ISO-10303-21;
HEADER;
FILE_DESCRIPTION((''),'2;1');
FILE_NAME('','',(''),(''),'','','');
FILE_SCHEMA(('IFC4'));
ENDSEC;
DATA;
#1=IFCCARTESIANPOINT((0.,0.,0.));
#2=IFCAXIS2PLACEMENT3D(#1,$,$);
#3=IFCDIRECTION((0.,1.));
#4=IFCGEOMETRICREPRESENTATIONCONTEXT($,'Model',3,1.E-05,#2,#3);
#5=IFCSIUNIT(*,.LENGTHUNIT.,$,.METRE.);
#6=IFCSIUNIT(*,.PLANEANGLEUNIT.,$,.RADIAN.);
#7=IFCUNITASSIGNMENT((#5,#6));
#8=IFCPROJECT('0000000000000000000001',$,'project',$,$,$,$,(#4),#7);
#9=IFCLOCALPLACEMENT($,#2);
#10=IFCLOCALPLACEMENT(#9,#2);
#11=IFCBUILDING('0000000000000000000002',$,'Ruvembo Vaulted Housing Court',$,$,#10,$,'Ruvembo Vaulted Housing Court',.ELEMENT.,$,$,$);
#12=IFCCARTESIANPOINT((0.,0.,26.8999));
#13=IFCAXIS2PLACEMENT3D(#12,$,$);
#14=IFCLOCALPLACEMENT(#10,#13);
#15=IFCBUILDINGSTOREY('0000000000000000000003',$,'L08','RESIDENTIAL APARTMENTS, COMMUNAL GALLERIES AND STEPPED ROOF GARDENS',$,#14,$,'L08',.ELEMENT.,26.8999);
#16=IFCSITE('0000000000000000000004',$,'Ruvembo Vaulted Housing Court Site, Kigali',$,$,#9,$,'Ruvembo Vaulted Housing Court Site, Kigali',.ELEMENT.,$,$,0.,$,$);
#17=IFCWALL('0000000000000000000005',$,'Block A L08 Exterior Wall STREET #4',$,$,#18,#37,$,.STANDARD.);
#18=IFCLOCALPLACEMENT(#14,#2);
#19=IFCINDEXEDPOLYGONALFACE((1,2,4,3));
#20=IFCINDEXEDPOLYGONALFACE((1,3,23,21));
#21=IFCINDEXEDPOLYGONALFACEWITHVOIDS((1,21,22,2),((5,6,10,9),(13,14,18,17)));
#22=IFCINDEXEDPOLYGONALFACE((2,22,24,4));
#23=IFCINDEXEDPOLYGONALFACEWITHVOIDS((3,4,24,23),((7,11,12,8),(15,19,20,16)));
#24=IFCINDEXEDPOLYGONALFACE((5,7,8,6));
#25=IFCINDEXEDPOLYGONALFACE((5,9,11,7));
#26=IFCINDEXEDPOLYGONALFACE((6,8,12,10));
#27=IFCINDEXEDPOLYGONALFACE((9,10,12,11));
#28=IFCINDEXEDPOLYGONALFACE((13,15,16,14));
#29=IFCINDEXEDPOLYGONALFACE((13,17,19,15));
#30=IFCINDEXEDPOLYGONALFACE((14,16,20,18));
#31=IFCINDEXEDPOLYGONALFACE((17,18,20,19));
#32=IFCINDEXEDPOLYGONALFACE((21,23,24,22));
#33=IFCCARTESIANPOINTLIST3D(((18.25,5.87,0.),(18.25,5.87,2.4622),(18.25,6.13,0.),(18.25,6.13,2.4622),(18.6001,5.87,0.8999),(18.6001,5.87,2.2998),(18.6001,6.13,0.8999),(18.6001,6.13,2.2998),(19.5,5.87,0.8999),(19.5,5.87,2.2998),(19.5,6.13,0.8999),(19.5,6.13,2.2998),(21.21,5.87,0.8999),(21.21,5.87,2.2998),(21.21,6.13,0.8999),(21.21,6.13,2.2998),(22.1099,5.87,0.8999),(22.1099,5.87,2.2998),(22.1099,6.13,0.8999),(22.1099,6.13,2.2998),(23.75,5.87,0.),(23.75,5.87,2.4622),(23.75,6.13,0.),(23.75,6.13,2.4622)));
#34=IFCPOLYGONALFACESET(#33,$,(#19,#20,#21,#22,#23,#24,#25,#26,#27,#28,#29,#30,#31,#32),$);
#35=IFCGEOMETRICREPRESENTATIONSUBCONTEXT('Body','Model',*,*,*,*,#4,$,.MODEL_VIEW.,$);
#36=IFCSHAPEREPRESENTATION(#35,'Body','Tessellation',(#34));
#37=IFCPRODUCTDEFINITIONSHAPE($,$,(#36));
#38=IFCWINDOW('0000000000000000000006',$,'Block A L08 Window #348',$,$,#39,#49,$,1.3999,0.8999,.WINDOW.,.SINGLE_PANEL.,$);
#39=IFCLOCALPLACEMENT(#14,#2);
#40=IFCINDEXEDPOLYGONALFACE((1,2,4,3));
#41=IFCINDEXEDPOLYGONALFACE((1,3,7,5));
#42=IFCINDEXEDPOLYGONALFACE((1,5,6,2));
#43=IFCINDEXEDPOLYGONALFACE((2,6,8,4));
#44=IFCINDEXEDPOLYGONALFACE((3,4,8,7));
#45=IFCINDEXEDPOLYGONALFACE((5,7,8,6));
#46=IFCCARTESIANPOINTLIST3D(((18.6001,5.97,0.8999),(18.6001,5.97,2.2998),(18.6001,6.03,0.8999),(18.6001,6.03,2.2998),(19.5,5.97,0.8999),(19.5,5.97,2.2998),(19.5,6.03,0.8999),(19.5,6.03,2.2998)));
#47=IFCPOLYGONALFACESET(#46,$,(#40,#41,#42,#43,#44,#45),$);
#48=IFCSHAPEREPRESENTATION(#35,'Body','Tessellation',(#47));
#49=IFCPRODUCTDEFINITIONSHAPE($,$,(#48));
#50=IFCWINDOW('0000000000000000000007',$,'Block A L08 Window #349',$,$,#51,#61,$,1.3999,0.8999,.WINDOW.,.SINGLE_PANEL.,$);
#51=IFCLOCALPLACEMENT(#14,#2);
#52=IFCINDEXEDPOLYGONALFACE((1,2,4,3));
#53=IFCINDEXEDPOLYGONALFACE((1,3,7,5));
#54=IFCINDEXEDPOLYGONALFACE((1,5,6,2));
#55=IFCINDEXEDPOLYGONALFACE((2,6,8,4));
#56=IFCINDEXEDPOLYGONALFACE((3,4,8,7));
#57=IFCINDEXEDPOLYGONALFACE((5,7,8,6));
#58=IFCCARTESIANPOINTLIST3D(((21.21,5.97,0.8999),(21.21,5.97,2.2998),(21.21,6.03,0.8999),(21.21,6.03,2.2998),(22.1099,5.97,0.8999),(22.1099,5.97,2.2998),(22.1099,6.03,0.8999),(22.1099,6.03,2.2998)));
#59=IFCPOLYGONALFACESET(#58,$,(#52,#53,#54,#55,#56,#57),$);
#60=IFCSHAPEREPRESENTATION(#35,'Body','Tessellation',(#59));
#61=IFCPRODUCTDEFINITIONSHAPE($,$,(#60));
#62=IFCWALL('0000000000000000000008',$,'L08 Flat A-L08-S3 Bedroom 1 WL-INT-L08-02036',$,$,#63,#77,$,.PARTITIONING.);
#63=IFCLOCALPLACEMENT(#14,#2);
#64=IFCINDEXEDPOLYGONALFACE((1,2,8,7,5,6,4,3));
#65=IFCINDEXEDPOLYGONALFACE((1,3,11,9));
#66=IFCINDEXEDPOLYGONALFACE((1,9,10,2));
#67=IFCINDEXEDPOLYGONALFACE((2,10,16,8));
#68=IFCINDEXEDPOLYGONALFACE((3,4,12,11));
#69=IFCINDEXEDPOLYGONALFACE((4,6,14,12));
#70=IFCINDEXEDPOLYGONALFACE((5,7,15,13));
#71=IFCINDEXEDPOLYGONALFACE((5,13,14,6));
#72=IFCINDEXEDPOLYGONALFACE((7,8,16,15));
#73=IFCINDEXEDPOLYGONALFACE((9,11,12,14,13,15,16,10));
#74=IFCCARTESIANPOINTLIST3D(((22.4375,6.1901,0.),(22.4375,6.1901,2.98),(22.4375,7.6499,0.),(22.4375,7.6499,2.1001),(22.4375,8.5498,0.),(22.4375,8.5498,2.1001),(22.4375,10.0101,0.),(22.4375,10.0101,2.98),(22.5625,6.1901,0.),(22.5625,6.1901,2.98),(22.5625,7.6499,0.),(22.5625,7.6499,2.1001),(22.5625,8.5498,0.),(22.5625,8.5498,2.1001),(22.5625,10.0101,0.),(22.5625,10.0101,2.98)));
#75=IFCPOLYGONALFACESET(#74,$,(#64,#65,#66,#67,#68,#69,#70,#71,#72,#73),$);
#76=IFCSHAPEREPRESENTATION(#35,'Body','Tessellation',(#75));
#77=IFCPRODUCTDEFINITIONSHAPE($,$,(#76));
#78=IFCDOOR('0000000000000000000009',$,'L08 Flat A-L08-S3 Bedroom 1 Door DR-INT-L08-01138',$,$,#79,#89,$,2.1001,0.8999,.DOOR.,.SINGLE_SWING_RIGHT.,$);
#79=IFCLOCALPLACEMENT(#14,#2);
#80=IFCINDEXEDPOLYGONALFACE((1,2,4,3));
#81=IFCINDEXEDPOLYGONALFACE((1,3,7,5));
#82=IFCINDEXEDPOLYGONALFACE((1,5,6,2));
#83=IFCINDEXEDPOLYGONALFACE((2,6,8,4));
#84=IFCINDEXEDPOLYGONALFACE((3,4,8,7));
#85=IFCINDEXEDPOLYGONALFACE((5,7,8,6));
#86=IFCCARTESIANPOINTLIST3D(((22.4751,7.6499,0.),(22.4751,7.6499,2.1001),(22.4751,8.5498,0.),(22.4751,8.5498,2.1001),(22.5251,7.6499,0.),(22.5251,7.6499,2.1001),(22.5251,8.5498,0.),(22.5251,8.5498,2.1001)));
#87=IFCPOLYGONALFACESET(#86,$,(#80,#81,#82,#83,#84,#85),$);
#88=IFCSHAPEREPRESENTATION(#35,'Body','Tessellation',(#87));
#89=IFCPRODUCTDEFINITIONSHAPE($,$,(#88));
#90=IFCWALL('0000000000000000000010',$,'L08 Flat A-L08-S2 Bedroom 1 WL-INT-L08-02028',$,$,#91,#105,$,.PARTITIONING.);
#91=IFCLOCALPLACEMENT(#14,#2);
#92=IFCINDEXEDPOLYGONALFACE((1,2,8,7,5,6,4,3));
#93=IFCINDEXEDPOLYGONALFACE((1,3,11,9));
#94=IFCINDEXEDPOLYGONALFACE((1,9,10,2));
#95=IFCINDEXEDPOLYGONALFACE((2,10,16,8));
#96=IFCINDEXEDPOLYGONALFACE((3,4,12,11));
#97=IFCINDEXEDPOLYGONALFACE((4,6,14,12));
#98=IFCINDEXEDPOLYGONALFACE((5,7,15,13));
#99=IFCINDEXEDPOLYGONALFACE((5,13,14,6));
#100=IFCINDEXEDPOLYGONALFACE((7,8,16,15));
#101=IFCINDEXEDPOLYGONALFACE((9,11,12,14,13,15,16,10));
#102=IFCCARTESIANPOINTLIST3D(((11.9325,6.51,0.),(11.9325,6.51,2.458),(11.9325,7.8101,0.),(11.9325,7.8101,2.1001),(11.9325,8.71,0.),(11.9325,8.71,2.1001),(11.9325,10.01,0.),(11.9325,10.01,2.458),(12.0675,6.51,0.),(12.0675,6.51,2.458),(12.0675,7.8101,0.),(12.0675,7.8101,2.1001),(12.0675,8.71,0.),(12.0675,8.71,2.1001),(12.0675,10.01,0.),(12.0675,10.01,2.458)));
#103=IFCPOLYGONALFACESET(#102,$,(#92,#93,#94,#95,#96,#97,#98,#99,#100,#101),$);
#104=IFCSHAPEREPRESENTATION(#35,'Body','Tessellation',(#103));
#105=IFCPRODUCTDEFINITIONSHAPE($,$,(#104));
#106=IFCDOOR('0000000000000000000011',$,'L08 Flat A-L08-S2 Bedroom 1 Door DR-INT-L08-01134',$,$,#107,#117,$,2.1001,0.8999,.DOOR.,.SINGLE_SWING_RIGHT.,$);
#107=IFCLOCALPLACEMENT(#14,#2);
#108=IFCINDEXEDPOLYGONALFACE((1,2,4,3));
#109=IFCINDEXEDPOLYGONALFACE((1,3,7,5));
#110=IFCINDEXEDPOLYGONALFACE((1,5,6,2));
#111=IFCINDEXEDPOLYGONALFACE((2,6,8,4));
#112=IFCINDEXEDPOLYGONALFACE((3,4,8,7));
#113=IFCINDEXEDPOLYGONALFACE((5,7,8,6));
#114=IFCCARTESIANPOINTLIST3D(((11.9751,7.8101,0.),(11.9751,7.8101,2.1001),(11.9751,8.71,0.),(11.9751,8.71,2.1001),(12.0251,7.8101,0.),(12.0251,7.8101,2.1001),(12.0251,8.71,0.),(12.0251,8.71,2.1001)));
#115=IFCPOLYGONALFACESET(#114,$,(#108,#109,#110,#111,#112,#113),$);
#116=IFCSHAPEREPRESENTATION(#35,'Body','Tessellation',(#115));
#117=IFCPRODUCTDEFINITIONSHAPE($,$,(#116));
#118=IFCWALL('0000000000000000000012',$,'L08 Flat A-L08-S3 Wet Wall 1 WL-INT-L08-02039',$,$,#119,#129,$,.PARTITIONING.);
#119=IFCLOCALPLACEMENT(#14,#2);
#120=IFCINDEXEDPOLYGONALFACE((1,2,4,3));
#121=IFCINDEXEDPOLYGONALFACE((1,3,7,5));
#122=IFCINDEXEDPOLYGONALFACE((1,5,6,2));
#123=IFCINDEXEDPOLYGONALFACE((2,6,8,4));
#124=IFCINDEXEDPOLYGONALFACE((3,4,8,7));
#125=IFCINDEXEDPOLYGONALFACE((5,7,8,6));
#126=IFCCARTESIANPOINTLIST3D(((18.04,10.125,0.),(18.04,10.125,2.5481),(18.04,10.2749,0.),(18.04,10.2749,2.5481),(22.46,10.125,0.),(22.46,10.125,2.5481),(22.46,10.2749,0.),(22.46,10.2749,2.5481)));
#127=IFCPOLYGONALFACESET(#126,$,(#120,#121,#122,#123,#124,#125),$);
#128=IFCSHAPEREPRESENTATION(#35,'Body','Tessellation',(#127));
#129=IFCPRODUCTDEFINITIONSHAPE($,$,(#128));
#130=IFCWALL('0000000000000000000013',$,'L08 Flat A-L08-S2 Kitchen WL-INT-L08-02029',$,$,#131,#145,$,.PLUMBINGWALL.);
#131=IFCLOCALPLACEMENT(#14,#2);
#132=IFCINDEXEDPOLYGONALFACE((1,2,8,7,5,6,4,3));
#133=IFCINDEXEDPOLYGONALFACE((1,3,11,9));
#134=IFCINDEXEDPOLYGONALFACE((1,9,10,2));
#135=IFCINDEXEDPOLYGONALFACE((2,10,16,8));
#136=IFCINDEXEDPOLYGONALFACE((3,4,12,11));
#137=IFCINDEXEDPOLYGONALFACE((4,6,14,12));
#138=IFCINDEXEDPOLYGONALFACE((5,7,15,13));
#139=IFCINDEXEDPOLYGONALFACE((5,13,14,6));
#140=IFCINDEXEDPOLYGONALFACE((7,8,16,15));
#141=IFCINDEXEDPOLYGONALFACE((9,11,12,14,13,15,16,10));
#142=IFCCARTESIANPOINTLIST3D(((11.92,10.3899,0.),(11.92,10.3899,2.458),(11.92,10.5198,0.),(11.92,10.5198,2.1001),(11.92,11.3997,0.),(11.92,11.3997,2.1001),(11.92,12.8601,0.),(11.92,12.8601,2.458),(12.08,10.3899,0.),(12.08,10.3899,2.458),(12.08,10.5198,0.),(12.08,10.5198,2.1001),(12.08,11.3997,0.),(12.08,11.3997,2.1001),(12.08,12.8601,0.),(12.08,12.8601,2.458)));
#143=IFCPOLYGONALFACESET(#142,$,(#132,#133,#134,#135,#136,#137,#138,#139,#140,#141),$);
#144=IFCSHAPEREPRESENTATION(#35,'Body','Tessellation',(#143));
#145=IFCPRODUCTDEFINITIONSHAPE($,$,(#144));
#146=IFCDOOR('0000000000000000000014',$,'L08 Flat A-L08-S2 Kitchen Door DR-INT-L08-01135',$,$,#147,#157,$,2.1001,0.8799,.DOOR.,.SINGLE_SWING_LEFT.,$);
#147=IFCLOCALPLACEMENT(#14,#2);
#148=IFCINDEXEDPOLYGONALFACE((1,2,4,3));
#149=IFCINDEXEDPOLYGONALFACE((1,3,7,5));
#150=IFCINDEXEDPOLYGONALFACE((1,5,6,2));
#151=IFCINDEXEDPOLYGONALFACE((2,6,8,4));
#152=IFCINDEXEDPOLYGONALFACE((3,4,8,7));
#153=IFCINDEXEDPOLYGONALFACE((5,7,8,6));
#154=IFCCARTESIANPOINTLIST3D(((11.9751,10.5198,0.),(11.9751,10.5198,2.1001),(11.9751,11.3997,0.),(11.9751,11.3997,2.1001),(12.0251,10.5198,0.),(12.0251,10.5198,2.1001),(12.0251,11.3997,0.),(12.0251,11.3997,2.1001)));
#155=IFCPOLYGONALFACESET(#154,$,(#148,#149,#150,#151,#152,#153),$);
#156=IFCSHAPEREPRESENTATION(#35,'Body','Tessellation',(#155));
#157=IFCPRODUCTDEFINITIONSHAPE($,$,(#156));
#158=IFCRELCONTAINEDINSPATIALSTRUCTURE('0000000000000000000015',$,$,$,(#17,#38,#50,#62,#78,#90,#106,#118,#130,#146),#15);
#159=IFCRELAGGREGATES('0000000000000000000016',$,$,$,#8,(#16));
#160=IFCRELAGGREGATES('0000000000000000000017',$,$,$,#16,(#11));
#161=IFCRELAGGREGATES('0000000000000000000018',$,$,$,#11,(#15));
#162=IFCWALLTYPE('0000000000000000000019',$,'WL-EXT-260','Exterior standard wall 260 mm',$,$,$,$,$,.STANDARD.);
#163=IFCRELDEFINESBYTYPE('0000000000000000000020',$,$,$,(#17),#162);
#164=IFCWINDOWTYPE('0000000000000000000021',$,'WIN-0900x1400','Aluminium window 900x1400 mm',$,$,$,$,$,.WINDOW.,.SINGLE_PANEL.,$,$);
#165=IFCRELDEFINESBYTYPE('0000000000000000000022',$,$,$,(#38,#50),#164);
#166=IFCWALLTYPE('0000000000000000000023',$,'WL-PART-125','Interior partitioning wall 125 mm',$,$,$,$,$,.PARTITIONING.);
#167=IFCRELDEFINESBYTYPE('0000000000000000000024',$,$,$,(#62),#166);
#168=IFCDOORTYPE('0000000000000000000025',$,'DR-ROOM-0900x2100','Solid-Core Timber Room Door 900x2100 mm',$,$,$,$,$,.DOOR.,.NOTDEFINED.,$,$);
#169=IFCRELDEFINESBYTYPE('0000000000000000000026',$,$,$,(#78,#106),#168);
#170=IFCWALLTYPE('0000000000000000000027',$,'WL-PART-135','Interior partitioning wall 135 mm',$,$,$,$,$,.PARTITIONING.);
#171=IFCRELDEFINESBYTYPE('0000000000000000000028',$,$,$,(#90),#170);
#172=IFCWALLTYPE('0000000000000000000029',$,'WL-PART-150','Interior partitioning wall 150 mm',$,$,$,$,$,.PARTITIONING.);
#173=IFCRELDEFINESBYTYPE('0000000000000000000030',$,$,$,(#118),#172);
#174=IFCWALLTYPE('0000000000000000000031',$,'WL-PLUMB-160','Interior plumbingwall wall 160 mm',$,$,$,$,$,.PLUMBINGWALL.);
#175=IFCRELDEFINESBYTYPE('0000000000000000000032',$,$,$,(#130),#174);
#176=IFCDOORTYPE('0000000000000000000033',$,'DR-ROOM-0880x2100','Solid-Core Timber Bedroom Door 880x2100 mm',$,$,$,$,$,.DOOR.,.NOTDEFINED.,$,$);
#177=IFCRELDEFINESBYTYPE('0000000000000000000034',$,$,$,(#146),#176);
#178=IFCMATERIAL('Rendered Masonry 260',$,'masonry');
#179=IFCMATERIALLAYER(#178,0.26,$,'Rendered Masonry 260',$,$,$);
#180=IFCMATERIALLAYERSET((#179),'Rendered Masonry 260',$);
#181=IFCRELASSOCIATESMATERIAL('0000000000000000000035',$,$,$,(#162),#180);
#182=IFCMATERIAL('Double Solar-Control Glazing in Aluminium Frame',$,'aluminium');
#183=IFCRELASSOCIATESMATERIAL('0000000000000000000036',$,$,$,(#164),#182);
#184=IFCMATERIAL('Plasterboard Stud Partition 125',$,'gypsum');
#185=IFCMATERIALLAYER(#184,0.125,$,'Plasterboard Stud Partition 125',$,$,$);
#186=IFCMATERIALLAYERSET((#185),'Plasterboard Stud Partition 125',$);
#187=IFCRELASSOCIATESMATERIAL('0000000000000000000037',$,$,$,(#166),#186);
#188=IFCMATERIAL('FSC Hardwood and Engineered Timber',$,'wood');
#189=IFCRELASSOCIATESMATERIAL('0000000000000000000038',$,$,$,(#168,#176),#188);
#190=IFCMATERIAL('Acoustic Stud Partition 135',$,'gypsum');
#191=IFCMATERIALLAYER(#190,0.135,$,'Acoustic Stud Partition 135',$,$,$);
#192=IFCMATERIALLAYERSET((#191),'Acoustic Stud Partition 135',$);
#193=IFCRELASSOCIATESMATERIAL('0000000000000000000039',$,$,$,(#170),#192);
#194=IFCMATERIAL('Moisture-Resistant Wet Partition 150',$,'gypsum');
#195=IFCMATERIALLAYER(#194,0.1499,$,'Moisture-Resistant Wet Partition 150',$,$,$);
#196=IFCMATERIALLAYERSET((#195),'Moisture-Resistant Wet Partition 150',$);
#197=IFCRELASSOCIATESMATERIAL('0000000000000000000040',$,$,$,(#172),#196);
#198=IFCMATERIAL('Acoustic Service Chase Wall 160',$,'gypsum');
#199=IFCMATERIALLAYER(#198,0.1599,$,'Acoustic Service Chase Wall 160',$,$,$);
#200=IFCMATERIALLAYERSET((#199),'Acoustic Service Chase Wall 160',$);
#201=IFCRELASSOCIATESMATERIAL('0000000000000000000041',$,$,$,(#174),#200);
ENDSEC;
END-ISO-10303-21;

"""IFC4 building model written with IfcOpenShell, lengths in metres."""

from ifc_helpers import new_model, si_unit, direction, frame, frame_2d, origin, place, context, subcontext, project, spatial, rectangle, extrude, material, layer, layer_set, type_object, element, fill, save


model = new_model("IFC4")

# Units and contexts
model_context = context("Model", 3, precision=1e-05, world=origin(), true_north=direction((0.0, 1.0)))
body_context = subcontext(model_context, "Body", "Model", "MODEL_VIEW")
ifc_project = project(units=[si_unit("LENGTHUNIT", "METRE"), si_unit("PLANEANGLEUNIT", "RADIAN")], contexts=[model_context])

# Site, building, storey
site_placement = place(None, origin())
site = spatial("IfcSite", under=ifc_project, at=site_placement, Name="Ruvembo Vaulted Housing Court Site, Kigali", LongName="Ruvembo Vaulted Housing Court Site, Kigali", CompositionType="ELEMENT", RefElevation=0.0)
building_placement = place(site_placement, origin())
building = spatial("IfcBuilding", under=site, at=building_placement, Name="Ruvembo Vaulted Housing Court", LongName="Ruvembo Vaulted Housing Court", CompositionType="ELEMENT")
storey_placement = place(building_placement, frame((0.0, 0.0, 26.8999)))
storey = spatial("IfcBuildingStorey", under=building, at=storey_placement, Name="L08", Description="RESIDENTIAL APARTMENTS, COMMUNAL GALLERIES AND STEPPED ROOF GARDENS", LongName="L08", CompositionType="ELEMENT", Elevation=26.8999)

# Wall, openings, windows
ifc_material_1 = material(Name="Rendered Masonry 260", Category="masonry")
ifc_layer_1 = layer(ifc_material_1, 0.26, Name="Rendered Masonry 260")
ifc_layer_set_1 = layer_set([ifc_layer_1], Name="Rendered Masonry 260")
wall_type_1 = type_object("IfcWallType", Name="WL-EXT-260", Description="Exterior standard wall 260 mm", PredefinedType="STANDARD", material=ifc_layer_set_1)
ifc_material_2 = material(Name="Double Solar-Control Glazing in Aluminium Frame", Category="aluminium")
wall_1_placement = place(storey_placement, frame((18.25, 6.0, 0.0), z_axis=(0.0, 0.0, 1.0), x_axis=(1.0, 0.0, 0.0)))
wall_1 = element("IfcWall", 1, at=wall_1_placement, inside=storey, type_object=wall_type_1, Name="Block A L08 Exterior Wall STREET #4", PredefinedType="STANDARD", context=body_context, shape_type="SweptSolid", body=[
    extrude(rectangle(XDim=5.5, YDim=0.26, at=frame_2d((2.75, 0.0))), origin(), (0.0, 0.0, 1.0), 2.4622),
])
opening_1_placement = place(wall_1_placement, frame((0.3501, 0.0, 0.8999)))
opening_1 = element("IfcOpeningElement", 2, at=opening_1_placement, cuts=wall_1, PredefinedType="OPENING", context=body_context, shape_type="SweptSolid", body=[
    extrude(rectangle(XDim=0.8999, YDim=1.3999, at=frame_2d((0.45, 0.7))), frame((0.0, 0.1399, 0.0), z_axis=(0.0, -1.0, 0.0), x_axis=(1.0, 0.0, 0.0)), (0.0, 0.0, 1.0), 0.28),
])
opening_2_placement = place(wall_1_placement, frame((2.96, 0.0, 0.8999)))
opening_2 = element("IfcOpeningElement", 3, at=opening_2_placement, cuts=wall_1, PredefinedType="OPENING", context=body_context, shape_type="SweptSolid", body=[
    extrude(rectangle(XDim=0.8999, YDim=1.3999, at=frame_2d((0.45, 0.7))), frame((0.0, 0.1399, 0.0), z_axis=(0.0, -1.0, 0.0), x_axis=(1.0, 0.0, 0.0)), (0.0, 0.0, 1.0), 0.28),
])
window_type_1 = type_object("IfcWindowType", Name="WIN-0900x1400", Description="Aluminium window 900x1400 mm", PartitioningType="SINGLE_PANEL", PredefinedType="WINDOW", material=ifc_material_2)
window_1_placement = place(opening_1_placement, origin())
window_1 = element("IfcWindow", 4, at=window_1_placement, inside=storey, type_object=window_type_1, Name="Block A L08 Window #348", OverallHeight=1.3999, OverallWidth=0.8999, PartitioningType="SINGLE_PANEL", PredefinedType="WINDOW", context=body_context, shape_type="SweptSolid", body=[
    extrude(rectangle(XDim=0.8999, YDim=1.3999, at=frame_2d((0.45, 0.7))), frame((0.0, 0.03, 0.0), z_axis=(0.0, -1.0, 0.0), x_axis=(1.0, 0.0, 0.0)), (0.0, 0.0, 1.0), 0.0601),
])
fill(opening_1, window_1)
window_2_placement = place(opening_2_placement, origin())
window_2 = element("IfcWindow", 5, at=window_2_placement, inside=storey, type_object=window_type_1, Name="Block A L08 Window #349", OverallHeight=1.3999, OverallWidth=0.8999, PartitioningType="SINGLE_PANEL", PredefinedType="WINDOW", context=body_context, shape_type="SweptSolid", body=[
    extrude(rectangle(XDim=0.8999, YDim=1.3999, at=frame_2d((0.45, 0.7))), frame((0.0, 0.03, 0.0), z_axis=(0.0, -1.0, 0.0), x_axis=(1.0, 0.0, 0.0)), (0.0, 0.0, 1.0), 0.0601),
])
fill(opening_2, window_2)

# Walls, openings, doors
ifc_material_3 = material(Name="Plasterboard Stud Partition 125", Category="gypsum")
ifc_layer_2 = layer(ifc_material_3, 0.125, Name="Plasterboard Stud Partition 125")
ifc_layer_set_2 = layer_set([ifc_layer_2], Name="Plasterboard Stud Partition 125")
wall_type_2 = type_object("IfcWallType", Name="WL-PART-125", Description="Interior partitioning wall 125 mm", PredefinedType="PARTITIONING", material=ifc_layer_set_2)
wall_2_placement = place(storey_placement, frame((22.5, 6.1899, 0.0), z_axis=(0.0, 0.0, 1.0), x_axis=(0.0, 1.0, 0.0)))
wall_2 = element("IfcWall", 6, at=wall_2_placement, inside=storey, type_object=wall_type_2, Name="L08 Flat A-L08-S3 Bedroom 1 WL-INT-L08-02036", PredefinedType="PARTITIONING", context=body_context, shape_type="SweptSolid", body=[
    extrude(rectangle(XDim=3.8201, YDim=0.125, at=frame_2d((1.9102, 0.0))), origin(), (0.0, 0.0, 1.0), 2.98),
])
opening_3_placement = place(wall_2_placement, frame((1.46, 0.0, 0.0)))
opening_3 = element("IfcOpeningElement", 7, at=opening_3_placement, cuts=wall_2, PredefinedType="OPENING", context=body_context, shape_type="SweptSolid", body=[
    extrude(rectangle(XDim=0.8999, YDim=2.1001, at=frame_2d((0.45, 1.05))), frame((0.0, 0.0725, 0.0), z_axis=(0.0, -1.0, 0.0), x_axis=(1.0, 0.0, 0.0)), (0.0, 0.0, 1.0), 0.145),
])
ifc_material_4 = material(Name="FSC Hardwood and Engineered Timber", Category="wood")
door_type_1 = type_object("IfcDoorType", Name="DR-ROOM-0900x2100", Description="Solid-Core Timber Room Door 900x2100 mm", OperationType="NOTDEFINED", PredefinedType="DOOR", material=ifc_material_4)
door_1_placement = place(opening_3_placement, origin())
door_1 = element("IfcDoor", 8, at=door_1_placement, inside=storey, type_object=door_type_1, Name="L08 Flat A-L08-S3 Bedroom 1 Door DR-INT-L08-01138", OperationType="SINGLE_SWING_RIGHT", OverallHeight=2.1001, OverallWidth=0.8999, PredefinedType="DOOR", context=body_context, shape_type="SweptSolid", body=[
    extrude(rectangle(XDim=0.8999, YDim=2.1001, at=frame_2d((0.45, 1.05))), frame((0.0, 0.0249, 0.0), z_axis=(0.0, -1.0, 0.0), x_axis=(1.0, 0.0, 0.0)), (0.0, 0.0, 1.0), 0.05),
])
fill(opening_3, door_1)
ifc_material_5 = material(Name="Acoustic Stud Partition 135", Category="gypsum")
ifc_layer_3 = layer(ifc_material_5, 0.135, Name="Acoustic Stud Partition 135")
ifc_layer_set_3 = layer_set([ifc_layer_3], Name="Acoustic Stud Partition 135")
wall_type_3 = type_object("IfcWallType", Name="WL-PART-135", Description="Interior partitioning wall 135 mm", PredefinedType="PARTITIONING", material=ifc_layer_set_3)
wall_3_placement = place(storey_placement, frame((12.0, 6.51, 0.0), z_axis=(0.0, 0.0, 1.0), x_axis=(0.0, 1.0, 0.0)))
wall_3 = element("IfcWall", 9, at=wall_3_placement, inside=storey, type_object=wall_type_3, Name="L08 Flat A-L08-S2 Bedroom 1 WL-INT-L08-02028", PredefinedType="PARTITIONING", context=body_context, shape_type="SweptSolid", body=[
    extrude(rectangle(XDim=3.5, YDim=0.135, at=frame_2d((1.75, 0.0))), origin(), (0.0, 0.0, 1.0), 2.458),
])
opening_4_placement = place(wall_3_placement, frame((1.3, 0.0, 0.0)))
opening_4 = element("IfcOpeningElement", 10, at=opening_4_placement, cuts=wall_3, PredefinedType="OPENING", context=body_context, shape_type="SweptSolid", body=[
    extrude(rectangle(XDim=0.8999, YDim=2.1001, at=frame_2d((0.45, 1.05))), frame((0.0, 0.0774, 0.0), z_axis=(0.0, -1.0, 0.0), x_axis=(1.0, 0.0, 0.0)), (0.0, 0.0, 1.0), 0.155),
])
door_2_placement = place(opening_4_placement, origin())
door_2 = element("IfcDoor", 11, at=door_2_placement, inside=storey, type_object=door_type_1, Name="L08 Flat A-L08-S2 Bedroom 1 Door DR-INT-L08-01134", OperationType="SINGLE_SWING_RIGHT", OverallHeight=2.1001, OverallWidth=0.8999, PredefinedType="DOOR", context=body_context, shape_type="SweptSolid", body=[
    extrude(rectangle(XDim=0.8999, YDim=2.1001, at=frame_2d((0.45, 1.05))), frame((0.0, 0.0249, 0.0), z_axis=(0.0, -1.0, 0.0), x_axis=(1.0, 0.0, 0.0)), (0.0, 0.0, 1.0), 0.05),
])
fill(opening_4, door_2)

# Wall
ifc_material_6 = material(Name="Moisture-Resistant Wet Partition 150", Category="gypsum")
ifc_layer_4 = layer(ifc_material_6, 0.1499, Name="Moisture-Resistant Wet Partition 150")
ifc_layer_set_4 = layer_set([ifc_layer_4], Name="Moisture-Resistant Wet Partition 150")
wall_type_4 = type_object("IfcWallType", Name="WL-PART-150", Description="Interior partitioning wall 150 mm", PredefinedType="PARTITIONING", material=ifc_layer_set_4)
wall_4_placement = place(storey_placement, frame((18.04, 10.2, 0.0), z_axis=(0.0, 0.0, 1.0), x_axis=(1.0, 0.0, 0.0)))
element("IfcWall", 12, at=wall_4_placement, inside=storey, type_object=wall_type_4, Name="L08 Flat A-L08-S3 Wet Wall 1 WL-INT-L08-02039", PredefinedType="PARTITIONING", context=body_context, shape_type="SweptSolid", body=[
    extrude(rectangle(XDim=4.4199, YDim=0.1499, at=frame_2d((2.21, 0.0))), origin(), (0.0, 0.0, 1.0), 2.5481),
])

# Wall, opening, door
ifc_material_7 = material(Name="Acoustic Service Chase Wall 160", Category="gypsum")
ifc_layer_5 = layer(ifc_material_7, 0.1599, Name="Acoustic Service Chase Wall 160")
ifc_layer_set_5 = layer_set([ifc_layer_5], Name="Acoustic Service Chase Wall 160")
wall_type_5 = type_object("IfcWallType", Name="WL-PLUMB-160", Description="Interior plumbingwall wall 160 mm", PredefinedType="PLUMBINGWALL", material=ifc_layer_set_5)
wall_5_placement = place(storey_placement, frame((12.0, 10.3899, 0.0), z_axis=(0.0, 0.0, 1.0), x_axis=(0.0, 1.0, 0.0)))
wall_5 = element("IfcWall", 13, at=wall_5_placement, inside=storey, type_object=wall_type_5, Name="L08 Flat A-L08-S2 Kitchen WL-INT-L08-02029", PredefinedType="PLUMBINGWALL", context=body_context, shape_type="SweptSolid", body=[
    extrude(rectangle(XDim=2.4702, YDim=0.1599, at=frame_2d((1.2351, 0.0))), origin(), (0.0, 0.0, 1.0), 2.458),
])
opening_5_placement = place(wall_5_placement, frame((0.1299, 0.0, 0.0)))
opening_5 = element("IfcOpeningElement", 14, at=opening_5_placement, cuts=wall_5, PredefinedType="OPENING", context=body_context, shape_type="SweptSolid", body=[
    extrude(rectangle(XDim=0.8799, YDim=2.1001, at=frame_2d((0.4399, 1.05))), frame((0.0, 0.0898, 0.0), z_axis=(0.0, -1.0, 0.0), x_axis=(1.0, 0.0, 0.0)), (0.0, 0.0, 1.0), 0.1799),
])
door_type_2 = type_object("IfcDoorType", Name="DR-ROOM-0880x2100", Description="Solid-Core Timber Bedroom Door 880x2100 mm", OperationType="NOTDEFINED", PredefinedType="DOOR", material=ifc_material_4)
door_3_placement = place(opening_5_placement, origin())
door_3 = element("IfcDoor", 15, at=door_3_placement, inside=storey, type_object=door_type_2, Name="L08 Flat A-L08-S2 Kitchen Door DR-INT-L08-01135", OperationType="SINGLE_SWING_LEFT", OverallHeight=2.1001, OverallWidth=0.8799, PredefinedType="DOOR", context=body_context, shape_type="SweptSolid", body=[
    extrude(rectangle(XDim=0.8799, YDim=2.1001, at=frame_2d((0.4399, 1.05))), frame((0.0, 0.0249, 0.0), z_axis=(0.0, -1.0, 0.0), x_axis=(1.0, 0.0, 0.0)), (0.0, 0.0, 1.0), 0.05),
])
fill(opening_5, door_3)

save(model, "model.ifc")
